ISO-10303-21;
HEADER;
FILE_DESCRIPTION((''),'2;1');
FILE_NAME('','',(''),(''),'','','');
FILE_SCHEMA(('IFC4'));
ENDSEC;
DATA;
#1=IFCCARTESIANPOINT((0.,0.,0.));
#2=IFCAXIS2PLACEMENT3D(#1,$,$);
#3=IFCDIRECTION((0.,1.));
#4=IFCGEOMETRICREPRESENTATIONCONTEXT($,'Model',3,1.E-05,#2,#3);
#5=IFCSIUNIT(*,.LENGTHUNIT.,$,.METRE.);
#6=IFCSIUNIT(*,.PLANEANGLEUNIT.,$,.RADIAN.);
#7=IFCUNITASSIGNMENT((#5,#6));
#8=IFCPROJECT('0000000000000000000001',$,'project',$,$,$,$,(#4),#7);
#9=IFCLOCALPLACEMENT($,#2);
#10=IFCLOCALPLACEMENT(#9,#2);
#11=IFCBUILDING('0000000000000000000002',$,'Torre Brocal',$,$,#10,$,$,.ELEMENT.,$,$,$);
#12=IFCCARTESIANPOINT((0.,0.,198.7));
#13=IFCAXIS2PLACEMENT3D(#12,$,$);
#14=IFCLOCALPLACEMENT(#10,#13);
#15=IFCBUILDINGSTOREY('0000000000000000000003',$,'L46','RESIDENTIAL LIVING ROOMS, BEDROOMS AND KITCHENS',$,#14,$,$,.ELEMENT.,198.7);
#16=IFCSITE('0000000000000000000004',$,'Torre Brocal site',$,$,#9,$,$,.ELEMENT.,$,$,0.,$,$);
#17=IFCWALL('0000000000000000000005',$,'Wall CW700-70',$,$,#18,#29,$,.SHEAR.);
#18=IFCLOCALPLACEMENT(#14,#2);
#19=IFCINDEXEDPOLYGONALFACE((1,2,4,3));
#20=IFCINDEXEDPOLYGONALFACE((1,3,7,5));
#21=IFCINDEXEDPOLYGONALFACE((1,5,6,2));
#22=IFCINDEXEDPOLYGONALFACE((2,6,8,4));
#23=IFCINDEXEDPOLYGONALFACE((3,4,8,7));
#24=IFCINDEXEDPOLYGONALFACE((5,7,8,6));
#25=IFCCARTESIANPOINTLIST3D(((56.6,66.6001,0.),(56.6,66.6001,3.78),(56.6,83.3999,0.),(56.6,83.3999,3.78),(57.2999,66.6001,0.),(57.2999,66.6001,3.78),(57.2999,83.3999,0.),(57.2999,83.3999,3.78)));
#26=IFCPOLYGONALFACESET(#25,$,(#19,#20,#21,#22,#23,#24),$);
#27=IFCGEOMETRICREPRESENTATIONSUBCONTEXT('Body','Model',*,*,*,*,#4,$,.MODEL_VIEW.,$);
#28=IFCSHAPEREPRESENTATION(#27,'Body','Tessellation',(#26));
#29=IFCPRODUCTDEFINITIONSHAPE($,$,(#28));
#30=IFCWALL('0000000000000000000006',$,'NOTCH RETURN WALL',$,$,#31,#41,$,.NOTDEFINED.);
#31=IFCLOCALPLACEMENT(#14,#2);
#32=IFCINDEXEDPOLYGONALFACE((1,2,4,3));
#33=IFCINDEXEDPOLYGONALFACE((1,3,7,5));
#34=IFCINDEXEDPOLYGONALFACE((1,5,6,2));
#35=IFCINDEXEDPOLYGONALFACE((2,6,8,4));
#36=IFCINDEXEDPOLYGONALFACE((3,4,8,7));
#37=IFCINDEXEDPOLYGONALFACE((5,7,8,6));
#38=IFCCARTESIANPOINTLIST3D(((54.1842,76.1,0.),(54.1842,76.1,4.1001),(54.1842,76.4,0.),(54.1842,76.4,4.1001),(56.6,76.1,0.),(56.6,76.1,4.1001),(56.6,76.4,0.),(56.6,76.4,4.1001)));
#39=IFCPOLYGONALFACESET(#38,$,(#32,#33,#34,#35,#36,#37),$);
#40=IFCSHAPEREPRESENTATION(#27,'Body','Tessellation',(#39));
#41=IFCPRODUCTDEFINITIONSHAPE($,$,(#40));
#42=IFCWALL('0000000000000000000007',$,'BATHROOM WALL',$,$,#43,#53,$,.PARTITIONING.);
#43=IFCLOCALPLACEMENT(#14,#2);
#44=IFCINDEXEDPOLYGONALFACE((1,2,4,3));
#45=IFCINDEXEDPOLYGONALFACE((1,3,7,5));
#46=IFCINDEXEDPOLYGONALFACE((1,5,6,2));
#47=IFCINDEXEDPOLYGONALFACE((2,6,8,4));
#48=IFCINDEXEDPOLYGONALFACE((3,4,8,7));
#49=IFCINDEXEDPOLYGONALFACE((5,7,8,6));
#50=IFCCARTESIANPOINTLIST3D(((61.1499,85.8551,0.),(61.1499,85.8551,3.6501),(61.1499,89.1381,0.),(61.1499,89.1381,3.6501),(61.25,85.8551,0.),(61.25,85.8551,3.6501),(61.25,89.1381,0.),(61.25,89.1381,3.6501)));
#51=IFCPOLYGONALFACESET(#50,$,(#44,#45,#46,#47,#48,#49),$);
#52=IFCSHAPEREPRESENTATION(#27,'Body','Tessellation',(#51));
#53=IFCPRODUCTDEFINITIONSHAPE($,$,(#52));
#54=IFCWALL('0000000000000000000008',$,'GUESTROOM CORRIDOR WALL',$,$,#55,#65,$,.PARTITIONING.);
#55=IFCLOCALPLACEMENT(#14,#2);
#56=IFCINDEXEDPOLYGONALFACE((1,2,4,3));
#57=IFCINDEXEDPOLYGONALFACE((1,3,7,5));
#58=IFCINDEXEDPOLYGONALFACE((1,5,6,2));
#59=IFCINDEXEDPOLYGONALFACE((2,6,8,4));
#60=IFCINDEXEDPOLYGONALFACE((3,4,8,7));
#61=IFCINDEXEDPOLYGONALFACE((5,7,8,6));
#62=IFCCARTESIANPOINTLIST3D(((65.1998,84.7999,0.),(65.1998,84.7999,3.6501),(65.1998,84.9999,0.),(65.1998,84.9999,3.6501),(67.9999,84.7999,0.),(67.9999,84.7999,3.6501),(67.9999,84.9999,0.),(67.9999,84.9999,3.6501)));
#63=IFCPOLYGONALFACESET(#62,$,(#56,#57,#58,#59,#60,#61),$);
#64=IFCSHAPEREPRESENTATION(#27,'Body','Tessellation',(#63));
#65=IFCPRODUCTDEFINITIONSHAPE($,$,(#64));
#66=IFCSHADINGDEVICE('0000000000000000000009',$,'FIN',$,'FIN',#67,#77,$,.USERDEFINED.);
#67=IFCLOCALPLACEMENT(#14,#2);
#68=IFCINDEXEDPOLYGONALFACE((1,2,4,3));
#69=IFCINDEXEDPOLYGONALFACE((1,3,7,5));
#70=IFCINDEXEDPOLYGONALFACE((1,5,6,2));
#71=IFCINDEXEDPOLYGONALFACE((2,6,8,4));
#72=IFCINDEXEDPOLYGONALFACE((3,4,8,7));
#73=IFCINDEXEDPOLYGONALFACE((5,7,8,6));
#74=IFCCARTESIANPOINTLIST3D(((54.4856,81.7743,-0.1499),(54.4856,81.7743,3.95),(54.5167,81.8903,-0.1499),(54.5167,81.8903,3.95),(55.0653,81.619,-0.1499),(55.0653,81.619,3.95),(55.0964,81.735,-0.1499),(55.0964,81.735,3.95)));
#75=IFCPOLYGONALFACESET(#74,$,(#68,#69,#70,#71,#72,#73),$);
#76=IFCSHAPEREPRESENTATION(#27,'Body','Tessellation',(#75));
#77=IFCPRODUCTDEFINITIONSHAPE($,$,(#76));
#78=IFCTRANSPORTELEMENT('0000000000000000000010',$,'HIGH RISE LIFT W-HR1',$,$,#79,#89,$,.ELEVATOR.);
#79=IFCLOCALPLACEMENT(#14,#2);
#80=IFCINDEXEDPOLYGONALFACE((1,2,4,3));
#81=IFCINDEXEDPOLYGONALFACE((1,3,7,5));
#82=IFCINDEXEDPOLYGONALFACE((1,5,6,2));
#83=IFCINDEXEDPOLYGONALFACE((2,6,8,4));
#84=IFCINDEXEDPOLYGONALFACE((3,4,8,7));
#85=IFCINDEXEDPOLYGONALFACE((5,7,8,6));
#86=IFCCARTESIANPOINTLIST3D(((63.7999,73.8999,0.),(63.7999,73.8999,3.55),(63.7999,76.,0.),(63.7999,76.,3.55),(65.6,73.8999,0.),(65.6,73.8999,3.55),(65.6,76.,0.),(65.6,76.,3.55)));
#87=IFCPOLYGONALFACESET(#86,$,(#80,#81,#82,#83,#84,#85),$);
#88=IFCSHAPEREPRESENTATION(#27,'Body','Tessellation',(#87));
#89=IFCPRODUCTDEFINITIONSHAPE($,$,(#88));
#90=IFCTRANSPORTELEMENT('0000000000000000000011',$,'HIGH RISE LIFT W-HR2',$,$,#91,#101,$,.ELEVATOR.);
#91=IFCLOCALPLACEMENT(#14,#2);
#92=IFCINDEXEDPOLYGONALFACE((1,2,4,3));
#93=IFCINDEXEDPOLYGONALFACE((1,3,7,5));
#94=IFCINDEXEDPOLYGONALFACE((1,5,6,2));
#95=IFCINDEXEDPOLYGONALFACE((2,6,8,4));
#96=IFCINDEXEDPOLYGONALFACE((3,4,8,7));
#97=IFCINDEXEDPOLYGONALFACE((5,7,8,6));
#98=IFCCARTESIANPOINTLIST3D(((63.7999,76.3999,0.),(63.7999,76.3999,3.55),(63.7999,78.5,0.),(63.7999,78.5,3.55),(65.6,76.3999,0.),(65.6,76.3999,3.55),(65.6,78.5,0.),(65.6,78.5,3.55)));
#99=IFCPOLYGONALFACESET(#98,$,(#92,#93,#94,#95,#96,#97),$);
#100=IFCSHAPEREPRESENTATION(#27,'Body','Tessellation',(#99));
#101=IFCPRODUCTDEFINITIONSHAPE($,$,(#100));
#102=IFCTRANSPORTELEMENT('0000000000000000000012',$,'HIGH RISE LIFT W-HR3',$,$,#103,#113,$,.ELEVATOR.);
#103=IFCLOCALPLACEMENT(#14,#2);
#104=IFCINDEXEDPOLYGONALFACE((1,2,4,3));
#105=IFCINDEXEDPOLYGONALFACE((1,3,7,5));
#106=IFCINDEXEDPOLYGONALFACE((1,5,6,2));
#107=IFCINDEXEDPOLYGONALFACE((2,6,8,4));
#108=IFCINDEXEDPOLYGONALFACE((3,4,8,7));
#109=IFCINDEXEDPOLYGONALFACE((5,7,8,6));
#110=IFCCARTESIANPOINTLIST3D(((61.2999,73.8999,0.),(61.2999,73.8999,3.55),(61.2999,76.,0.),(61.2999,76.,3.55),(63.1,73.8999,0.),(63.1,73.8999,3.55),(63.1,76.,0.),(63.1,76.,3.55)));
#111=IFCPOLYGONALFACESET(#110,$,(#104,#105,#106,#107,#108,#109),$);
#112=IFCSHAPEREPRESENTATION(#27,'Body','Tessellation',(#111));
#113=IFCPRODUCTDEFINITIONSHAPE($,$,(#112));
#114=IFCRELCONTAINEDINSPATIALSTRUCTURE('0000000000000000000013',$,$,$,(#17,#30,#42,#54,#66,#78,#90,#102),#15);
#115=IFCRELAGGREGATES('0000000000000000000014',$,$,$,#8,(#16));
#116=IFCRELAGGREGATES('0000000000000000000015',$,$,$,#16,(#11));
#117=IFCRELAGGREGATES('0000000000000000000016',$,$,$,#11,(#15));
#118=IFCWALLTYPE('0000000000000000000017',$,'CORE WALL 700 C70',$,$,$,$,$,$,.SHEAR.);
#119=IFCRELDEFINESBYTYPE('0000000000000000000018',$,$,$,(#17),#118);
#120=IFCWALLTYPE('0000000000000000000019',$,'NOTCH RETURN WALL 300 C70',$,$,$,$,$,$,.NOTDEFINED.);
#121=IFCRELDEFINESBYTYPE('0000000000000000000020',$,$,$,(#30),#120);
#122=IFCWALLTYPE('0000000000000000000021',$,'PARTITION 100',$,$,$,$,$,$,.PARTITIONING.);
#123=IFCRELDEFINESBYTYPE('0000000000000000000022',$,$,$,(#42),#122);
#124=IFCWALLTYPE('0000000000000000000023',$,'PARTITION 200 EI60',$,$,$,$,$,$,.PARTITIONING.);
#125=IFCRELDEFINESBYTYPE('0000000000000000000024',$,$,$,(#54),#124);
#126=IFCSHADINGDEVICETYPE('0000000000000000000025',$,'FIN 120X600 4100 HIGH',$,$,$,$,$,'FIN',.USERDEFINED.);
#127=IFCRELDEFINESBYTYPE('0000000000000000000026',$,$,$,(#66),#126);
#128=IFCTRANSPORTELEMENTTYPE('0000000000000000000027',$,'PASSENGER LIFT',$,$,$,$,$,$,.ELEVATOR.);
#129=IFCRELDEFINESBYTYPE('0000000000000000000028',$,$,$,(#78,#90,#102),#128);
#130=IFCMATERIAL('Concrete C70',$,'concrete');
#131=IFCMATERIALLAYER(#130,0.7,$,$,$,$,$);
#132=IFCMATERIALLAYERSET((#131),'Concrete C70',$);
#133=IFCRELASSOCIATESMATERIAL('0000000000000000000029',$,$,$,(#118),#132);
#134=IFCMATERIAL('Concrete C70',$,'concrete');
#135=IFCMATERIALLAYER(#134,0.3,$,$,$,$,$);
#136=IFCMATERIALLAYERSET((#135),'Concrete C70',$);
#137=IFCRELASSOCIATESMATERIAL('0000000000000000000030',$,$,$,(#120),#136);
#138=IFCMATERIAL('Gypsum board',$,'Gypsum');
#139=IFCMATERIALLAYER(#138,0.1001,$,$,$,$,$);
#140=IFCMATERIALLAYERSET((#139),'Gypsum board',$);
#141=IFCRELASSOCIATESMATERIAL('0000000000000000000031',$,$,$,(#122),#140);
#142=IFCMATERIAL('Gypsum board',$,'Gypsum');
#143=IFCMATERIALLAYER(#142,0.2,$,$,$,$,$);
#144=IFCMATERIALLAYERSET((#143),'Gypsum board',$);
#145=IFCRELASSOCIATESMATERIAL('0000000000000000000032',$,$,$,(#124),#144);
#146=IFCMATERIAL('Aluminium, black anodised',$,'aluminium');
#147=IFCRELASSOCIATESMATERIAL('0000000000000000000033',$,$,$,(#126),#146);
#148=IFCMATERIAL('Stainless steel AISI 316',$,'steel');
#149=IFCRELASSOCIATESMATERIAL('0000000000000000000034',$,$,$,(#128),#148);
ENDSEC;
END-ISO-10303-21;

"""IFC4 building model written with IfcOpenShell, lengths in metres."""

from ifc_helpers import new_model, si_unit, direction, frame, frame_2d, origin, origin_2d, place, context, subcontext, project, spatial, rectangle, extrude, material, layer, layer_set, material_profile, profile_set, type_object, element, save


model = new_model("IFC4")

# Units and contexts
model_context = context("Model", 3, precision=1e-05, world=origin(), true_north=direction((0.0, 1.0)))
body_context = subcontext(model_context, "Body", "Model", "MODEL_VIEW")
ifc_project = project(units=[si_unit("LENGTHUNIT", "METRE"), si_unit("PLANEANGLEUNIT", "RADIAN")], contexts=[model_context])

# Site, building, storey
site_placement = place(None, origin())
site = spatial("IfcSite", under=ifc_project, at=site_placement, Name="Torre Brocal site", CompositionType="ELEMENT", RefElevation=0.0)
building_placement = place(site_placement, origin())
building = spatial("IfcBuilding", under=site, at=building_placement, Name="Torre Brocal", CompositionType="ELEMENT")
storey_placement = place(building_placement, frame((0.0, 0.0, 198.7)))
storey = spatial("IfcBuildingStorey", under=building, at=storey_placement, Name="L46", Description="RESIDENTIAL LIVING ROOMS, BEDROOMS AND KITCHENS", CompositionType="ELEMENT", Elevation=198.7)

# Walls
ifc_material_1 = material(Name="Concrete C70", Category="concrete")
ifc_layer_1 = layer(ifc_material_1, 0.7)
ifc_layer_set_1 = layer_set([ifc_layer_1], Name="Concrete C70")
wall_type_1 = type_object("IfcWallType", Name="CORE WALL 700 C70", PredefinedType="SHEAR", material=ifc_layer_set_1)
wall_1_placement = place(storey_placement, frame((56.95, 83.3999, 0.0), z_axis=(0.0, 0.0, 1.0), x_axis=(0.0, -1.0, 0.0)))
element("IfcWall", 1, at=wall_1_placement, inside=storey, type_object=wall_type_1, Name="Wall CW700-70", PredefinedType="SHEAR", context=body_context, shape_type="SweptSolid", body=[
    extrude(rectangle(XDim=16.7998, YDim=0.7, at=frame_2d((8.3999, 0.0))), origin(), (0.0, 0.0, 1.0), 3.78),
])
ifc_material_2 = material(Name="Concrete C70", Category="concrete")
ifc_layer_2 = layer(ifc_material_2, 0.3)
ifc_layer_set_2 = layer_set([ifc_layer_2], Name="Concrete C70")
wall_type_2 = type_object("IfcWallType", Name="NOTCH RETURN WALL 300 C70", PredefinedType="NOTDEFINED", material=ifc_layer_set_2)
wall_2_placement = place(storey_placement, frame((56.6001, 76.25, 0.0), z_axis=(0.0, 0.0, 1.0), x_axis=(-1.0, 0.0, 0.0)))
element("IfcWall", 2, at=wall_2_placement, inside=storey, type_object=wall_type_2, Name="NOTCH RETURN WALL", PredefinedType="NOTDEFINED", context=body_context, shape_type="SweptSolid", body=[
    extrude(rectangle(XDim=2.4158, YDim=0.3, at=frame_2d((1.208, 0.0))), origin(), (0.0, 0.0, 1.0), 4.1001),
])
ifc_material_3 = material(Name="Gypsum board", Category="Gypsum")
ifc_layer_3 = layer(ifc_material_3, 0.1001)
ifc_layer_set_3 = layer_set([ifc_layer_3], Name="Gypsum board")
wall_type_3 = type_object("IfcWallType", Name="PARTITION 100", PredefinedType="PARTITIONING", material=ifc_layer_set_3)
wall_3_placement = place(storey_placement, frame((61.2, 85.855, 0.0), z_axis=(0.0, 0.0, 1.0), x_axis=(0.0, 1.0, 0.0)))
element("IfcWall", 3, at=wall_3_placement, inside=storey, type_object=wall_type_3, Name="BATHROOM WALL", PredefinedType="PARTITIONING", context=body_context, shape_type="SweptSolid", body=[
    extrude(rectangle(XDim=3.283, YDim=0.1001, at=frame_2d((1.6416, 0.0))), origin(), (0.0, 0.0, 1.0), 3.6501),
])
ifc_material_4 = material(Name="Gypsum board", Category="Gypsum")
ifc_layer_4 = layer(ifc_material_4, 0.2)
ifc_layer_set_4 = layer_set([ifc_layer_4], Name="Gypsum board")
wall_type_4 = type_object("IfcWallType", Name="PARTITION 200 EI60", PredefinedType="PARTITIONING", material=ifc_layer_set_4)
wall_4_placement = place(storey_placement, frame((65.2, 84.8999, 0.0), z_axis=(0.0, 0.0, 1.0), x_axis=(1.0, 0.0, 0.0)))
element("IfcWall", 4, at=wall_4_placement, inside=storey, type_object=wall_type_4, Name="GUESTROOM CORRIDOR WALL", PredefinedType="PARTITIONING", context=body_context, shape_type="SweptSolid", body=[
    extrude(rectangle(XDim=2.8, YDim=0.2, at=frame_2d((1.3999, 0.0))), origin(), (0.0, 0.0, 1.0), 3.6501),
])

# Shading device
ifc_material_5 = material(Name="Aluminium, black anodised", Category="aluminium")
ifc_material_profile_1 = material_profile(ifc_material_5, rectangle(XDim=0.1201, YDim=0.6001, at=origin_2d()), Name="FIN 120X600 4100 HIGH")
ifc_profile_set_1 = profile_set([ifc_material_profile_1], Name="Aluminium, black anodised")
shading_device_type = type_object("IfcShadingDeviceType", Name="FIN 120X600 4100 HIGH", ElementType="FIN", PredefinedType="USERDEFINED", material=ifc_profile_set_1)
shading_device_placement = place(storey_placement, frame((54.791, 81.7546, -0.1499), z_axis=(0.0, 0.0, 1.0), x_axis=(-0.258819, -0.965926, 0.0)))
element("IfcShadingDevice", 5, at=shading_device_placement, inside=storey, type_object=shading_device_type, Name="FIN", ObjectType="FIN", PredefinedType="USERDEFINED", context=body_context, shape_type="SweptSolid", body=[
    extrude(rectangle(XDim=0.1201, YDim=0.6001, at=origin_2d()), origin(), (0.0, 0.0, 1.0), 4.0999),
])

# Transport elements
ifc_material_6 = material(Name="Stainless steel AISI 316", Category="steel")
transport_element_type = type_object("IfcTransportElementType", Name="PASSENGER LIFT", PredefinedType="ELEVATOR", material=ifc_material_6)
for number, where, z_axis, x_axis, name in (
    (6, (64.7, 74.95, 0.0), (0.0, 0.0, 1.0), (1.0, 0.0, 0.0), "HIGH RISE LIFT W-HR1"),
    (7, (64.7, 77.45, 0.0), (0.0, 0.0, 1.0), (1.0, 0.0, 0.0), "HIGH RISE LIFT W-HR2"),
    (8, (62.2, 74.95, 0.0), (0.0, 0.0, 1.0), (1.0, 0.0, 0.0), "HIGH RISE LIFT W-HR3"),
):
    element("IfcTransportElement", number, at=place(storey_placement, frame(where, z_axis=z_axis, x_axis=x_axis)), inside=storey, type_object=transport_element_type, Name=name, PredefinedType="ELEVATOR", context=body_context, shape_type="SweptSolid", body=[
        extrude(rectangle(XDim=1.8, YDim=2.1001, at=origin_2d()), origin(), (0.0, 0.0, 1.0), 3.55),
    ])

save(model, "model.ifc")
